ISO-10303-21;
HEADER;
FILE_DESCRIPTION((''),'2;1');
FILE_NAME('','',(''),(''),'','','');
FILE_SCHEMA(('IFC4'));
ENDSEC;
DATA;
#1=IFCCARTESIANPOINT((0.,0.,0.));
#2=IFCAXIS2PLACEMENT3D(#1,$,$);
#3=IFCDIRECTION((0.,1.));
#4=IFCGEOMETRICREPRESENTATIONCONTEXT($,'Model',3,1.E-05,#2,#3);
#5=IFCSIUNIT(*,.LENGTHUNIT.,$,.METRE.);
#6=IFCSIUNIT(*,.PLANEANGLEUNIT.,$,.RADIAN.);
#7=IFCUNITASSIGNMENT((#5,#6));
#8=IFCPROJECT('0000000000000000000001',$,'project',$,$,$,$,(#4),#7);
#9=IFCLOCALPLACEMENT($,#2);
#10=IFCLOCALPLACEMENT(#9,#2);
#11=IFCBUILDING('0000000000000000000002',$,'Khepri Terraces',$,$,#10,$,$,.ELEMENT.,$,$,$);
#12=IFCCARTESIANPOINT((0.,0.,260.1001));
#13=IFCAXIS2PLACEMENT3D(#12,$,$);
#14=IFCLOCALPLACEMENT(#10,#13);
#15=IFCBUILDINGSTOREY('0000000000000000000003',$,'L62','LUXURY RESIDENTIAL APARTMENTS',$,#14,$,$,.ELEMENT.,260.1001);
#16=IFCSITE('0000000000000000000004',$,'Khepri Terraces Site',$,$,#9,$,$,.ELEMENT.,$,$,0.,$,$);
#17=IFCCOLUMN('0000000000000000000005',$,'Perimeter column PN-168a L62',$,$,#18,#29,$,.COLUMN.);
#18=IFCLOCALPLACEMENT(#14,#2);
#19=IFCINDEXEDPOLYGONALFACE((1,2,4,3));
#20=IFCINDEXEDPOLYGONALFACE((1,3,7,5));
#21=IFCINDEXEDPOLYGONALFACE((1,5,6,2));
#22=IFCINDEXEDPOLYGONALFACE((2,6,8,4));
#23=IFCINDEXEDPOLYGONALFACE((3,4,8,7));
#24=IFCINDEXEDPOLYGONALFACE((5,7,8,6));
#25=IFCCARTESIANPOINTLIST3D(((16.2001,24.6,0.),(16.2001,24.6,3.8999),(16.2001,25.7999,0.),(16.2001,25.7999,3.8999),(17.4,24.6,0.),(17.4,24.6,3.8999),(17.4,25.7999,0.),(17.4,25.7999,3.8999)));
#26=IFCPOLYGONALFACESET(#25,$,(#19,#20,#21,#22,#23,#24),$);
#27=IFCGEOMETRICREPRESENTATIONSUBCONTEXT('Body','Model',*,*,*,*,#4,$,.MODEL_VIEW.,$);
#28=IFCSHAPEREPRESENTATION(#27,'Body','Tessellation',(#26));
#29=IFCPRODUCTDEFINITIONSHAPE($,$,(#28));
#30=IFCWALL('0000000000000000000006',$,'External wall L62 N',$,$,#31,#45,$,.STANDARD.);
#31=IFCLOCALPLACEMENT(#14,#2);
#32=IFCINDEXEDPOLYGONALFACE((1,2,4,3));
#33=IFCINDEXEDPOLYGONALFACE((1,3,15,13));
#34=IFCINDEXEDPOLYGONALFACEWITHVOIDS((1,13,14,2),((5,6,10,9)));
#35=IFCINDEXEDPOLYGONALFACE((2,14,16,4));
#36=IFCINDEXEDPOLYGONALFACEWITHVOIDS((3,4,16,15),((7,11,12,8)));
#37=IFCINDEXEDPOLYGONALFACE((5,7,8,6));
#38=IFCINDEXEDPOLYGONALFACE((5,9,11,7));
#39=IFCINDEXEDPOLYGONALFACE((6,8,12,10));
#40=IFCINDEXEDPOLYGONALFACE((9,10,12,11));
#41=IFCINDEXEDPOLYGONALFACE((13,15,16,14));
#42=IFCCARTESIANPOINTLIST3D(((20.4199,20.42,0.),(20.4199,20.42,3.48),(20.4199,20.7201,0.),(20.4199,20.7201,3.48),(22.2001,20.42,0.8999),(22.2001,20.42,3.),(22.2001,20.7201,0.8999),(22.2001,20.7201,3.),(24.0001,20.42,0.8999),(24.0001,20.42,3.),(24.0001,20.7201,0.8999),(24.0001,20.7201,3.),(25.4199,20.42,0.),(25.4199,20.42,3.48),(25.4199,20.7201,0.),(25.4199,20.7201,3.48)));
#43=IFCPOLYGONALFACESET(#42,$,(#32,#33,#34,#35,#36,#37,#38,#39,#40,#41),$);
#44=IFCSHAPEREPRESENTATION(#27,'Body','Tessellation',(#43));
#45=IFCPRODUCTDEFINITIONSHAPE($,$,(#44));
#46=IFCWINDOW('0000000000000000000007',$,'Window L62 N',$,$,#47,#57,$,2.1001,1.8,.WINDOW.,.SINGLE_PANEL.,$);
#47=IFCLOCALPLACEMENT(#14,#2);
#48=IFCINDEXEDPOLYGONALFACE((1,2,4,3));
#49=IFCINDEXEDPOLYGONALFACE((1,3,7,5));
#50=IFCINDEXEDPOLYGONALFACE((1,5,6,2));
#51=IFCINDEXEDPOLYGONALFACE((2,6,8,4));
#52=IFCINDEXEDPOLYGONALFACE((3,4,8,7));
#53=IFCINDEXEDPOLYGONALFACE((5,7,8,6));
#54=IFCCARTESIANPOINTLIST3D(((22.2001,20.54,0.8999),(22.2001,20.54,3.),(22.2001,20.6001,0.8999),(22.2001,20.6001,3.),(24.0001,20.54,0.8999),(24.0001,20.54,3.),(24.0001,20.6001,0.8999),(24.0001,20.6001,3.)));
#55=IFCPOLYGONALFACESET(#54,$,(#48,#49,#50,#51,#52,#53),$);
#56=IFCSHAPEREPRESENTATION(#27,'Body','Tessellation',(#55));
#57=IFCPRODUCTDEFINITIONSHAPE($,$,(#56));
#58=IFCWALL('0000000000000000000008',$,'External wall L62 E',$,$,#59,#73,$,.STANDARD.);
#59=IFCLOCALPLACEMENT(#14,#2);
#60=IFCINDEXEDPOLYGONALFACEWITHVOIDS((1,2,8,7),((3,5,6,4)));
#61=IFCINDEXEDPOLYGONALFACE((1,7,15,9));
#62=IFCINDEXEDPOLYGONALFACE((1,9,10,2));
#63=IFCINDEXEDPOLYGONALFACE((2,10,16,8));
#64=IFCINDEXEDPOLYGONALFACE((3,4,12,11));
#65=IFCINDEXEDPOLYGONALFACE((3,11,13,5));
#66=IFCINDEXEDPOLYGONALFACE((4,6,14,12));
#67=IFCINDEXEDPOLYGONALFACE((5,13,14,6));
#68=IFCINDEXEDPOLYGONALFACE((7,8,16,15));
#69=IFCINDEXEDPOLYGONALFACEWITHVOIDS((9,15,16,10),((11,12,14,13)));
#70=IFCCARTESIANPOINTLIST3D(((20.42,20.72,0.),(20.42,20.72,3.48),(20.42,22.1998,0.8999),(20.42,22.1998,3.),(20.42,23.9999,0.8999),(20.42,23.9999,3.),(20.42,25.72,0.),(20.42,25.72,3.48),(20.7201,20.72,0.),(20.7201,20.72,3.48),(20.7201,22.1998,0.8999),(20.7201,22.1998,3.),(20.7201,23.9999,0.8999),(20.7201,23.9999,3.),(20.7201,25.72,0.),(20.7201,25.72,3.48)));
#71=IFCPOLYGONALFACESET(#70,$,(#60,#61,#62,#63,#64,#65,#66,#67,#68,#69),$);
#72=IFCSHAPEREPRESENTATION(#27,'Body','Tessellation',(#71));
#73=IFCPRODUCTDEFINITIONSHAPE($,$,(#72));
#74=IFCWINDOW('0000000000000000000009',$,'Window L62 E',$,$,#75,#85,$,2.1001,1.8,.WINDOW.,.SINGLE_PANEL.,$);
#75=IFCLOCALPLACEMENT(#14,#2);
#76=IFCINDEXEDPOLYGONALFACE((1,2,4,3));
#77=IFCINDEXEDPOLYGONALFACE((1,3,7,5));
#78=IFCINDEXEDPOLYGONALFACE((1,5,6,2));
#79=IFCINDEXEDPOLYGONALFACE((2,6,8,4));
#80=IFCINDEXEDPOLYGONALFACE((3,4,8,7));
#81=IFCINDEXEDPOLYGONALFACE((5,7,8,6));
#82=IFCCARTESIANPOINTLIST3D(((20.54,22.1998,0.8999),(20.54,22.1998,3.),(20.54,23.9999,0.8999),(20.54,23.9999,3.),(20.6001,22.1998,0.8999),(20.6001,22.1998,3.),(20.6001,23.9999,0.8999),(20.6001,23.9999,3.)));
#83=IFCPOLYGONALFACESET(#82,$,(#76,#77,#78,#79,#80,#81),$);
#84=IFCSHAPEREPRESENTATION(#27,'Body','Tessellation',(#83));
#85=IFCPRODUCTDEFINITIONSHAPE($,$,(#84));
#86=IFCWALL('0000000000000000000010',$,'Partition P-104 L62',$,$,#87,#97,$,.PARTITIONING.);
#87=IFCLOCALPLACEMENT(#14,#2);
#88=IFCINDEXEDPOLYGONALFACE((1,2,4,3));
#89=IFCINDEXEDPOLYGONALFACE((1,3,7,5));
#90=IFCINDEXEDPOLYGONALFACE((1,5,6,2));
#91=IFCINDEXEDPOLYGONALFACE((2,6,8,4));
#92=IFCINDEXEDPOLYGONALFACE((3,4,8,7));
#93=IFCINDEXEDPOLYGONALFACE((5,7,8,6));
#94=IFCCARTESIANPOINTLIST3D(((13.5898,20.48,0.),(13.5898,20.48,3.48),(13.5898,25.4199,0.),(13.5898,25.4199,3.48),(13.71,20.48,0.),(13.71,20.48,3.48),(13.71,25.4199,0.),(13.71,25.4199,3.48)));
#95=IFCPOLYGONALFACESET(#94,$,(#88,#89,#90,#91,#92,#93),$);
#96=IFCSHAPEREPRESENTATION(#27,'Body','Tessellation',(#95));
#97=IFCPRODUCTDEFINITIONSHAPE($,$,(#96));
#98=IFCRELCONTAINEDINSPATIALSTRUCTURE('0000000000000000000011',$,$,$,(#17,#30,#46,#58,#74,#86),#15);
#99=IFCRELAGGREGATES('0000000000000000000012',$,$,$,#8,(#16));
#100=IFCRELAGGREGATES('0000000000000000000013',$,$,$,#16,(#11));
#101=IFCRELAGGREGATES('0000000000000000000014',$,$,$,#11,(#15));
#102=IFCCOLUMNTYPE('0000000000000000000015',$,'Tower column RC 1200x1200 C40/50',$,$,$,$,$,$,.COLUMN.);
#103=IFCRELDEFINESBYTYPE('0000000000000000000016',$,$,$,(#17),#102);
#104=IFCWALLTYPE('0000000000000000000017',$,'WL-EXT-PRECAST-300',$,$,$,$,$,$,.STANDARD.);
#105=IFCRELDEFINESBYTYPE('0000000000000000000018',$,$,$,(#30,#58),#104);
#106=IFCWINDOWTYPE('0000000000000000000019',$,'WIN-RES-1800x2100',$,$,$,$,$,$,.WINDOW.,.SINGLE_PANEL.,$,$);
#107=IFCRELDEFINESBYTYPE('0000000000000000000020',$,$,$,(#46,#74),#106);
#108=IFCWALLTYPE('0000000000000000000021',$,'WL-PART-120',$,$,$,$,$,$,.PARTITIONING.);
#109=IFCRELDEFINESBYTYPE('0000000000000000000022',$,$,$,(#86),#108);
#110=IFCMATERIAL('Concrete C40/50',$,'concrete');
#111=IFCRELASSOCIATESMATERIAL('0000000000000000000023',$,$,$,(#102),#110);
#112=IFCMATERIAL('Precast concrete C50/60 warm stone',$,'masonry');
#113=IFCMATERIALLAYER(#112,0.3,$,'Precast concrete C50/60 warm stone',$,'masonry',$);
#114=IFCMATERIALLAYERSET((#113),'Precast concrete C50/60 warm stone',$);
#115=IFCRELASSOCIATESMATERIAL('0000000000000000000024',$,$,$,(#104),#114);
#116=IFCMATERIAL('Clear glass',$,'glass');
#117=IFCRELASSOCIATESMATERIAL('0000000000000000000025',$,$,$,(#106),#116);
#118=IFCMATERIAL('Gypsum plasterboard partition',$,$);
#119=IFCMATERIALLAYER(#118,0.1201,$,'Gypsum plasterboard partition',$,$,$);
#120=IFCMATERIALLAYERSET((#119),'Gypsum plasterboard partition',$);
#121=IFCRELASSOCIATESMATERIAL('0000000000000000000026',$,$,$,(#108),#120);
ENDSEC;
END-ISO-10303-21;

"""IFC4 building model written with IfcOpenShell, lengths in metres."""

from ifc_helpers import new_model, si_unit, direction, frame, frame_2d, origin, origin_2d, place, context, subcontext, project, spatial, rectangle, extrude, material, layer, layer_set, material_profile, profile_set, type_object, element, fill, save


model = new_model("IFC4")

# Units and contexts
model_context = context("Model", 3, precision=1e-05, world=origin(), true_north=direction((0.0, 1.0)))
body_context = subcontext(model_context, "Body", "Model", "MODEL_VIEW")
ifc_project = project(units=[si_unit("LENGTHUNIT", "METRE"), si_unit("PLANEANGLEUNIT", "RADIAN")], contexts=[model_context])

# Site, building, storey
site_placement = place(None, origin())
site = spatial("IfcSite", under=ifc_project, at=site_placement, Name="Khepri Terraces Site", CompositionType="ELEMENT", RefElevation=0.0)
building_placement = place(site_placement, origin())
building = spatial("IfcBuilding", under=site, at=building_placement, Name="Khepri Terraces", CompositionType="ELEMENT")
storey_placement = place(building_placement, frame((0.0, 0.0, 260.1001)))
storey = spatial("IfcBuildingStorey", under=building, at=storey_placement, Name="L62", Description="LUXURY RESIDENTIAL APARTMENTS", CompositionType="ELEMENT", Elevation=260.1001)

# Column
ifc_material_1 = material(Name="Concrete C40/50", Category="concrete")
ifc_material_profile = material_profile(ifc_material_1, rectangle(XDim=1.2, YDim=1.2, at=origin_2d()), Name="Concrete C40/50", Category="concrete")
ifc_profile_set = profile_set([ifc_material_profile], Name="Concrete C40/50")
column_type = type_object("IfcColumnType", Name="Tower column RC 1200x1200 C40/50", PredefinedType="COLUMN", material=ifc_profile_set)
column_placement = place(storey_placement, frame((16.8, 25.2, 0.0), z_axis=(0.0, 0.0, 1.0), x_axis=(1.0, 0.0, 0.0)))
element("IfcColumn", 1, at=column_placement, inside=storey, type_object=column_type, Name="Perimeter column PN-168a L62", PredefinedType="COLUMN", context=body_context, shape_type="SweptSolid", body=[
    extrude(rectangle(XDim=1.2, YDim=1.2, at=origin_2d()), origin(), (0.0, 0.0, 1.0), 3.8999),
])

# Walls, openings, windows
ifc_material_2 = material(Name="Precast concrete C50/60 warm stone", Category="masonry")
ifc_layer_1 = layer(ifc_material_2, 0.3, Name="Precast concrete C50/60 warm stone", Category="masonry")
ifc_layer_set_1 = layer_set([ifc_layer_1], Name="Precast concrete C50/60 warm stone")
wall_type_1 = type_object("IfcWallType", Name="WL-EXT-PRECAST-300", PredefinedType="STANDARD", material=ifc_layer_set_1)
wall_1_placement = place(storey_placement, frame((25.4199, 20.5701, 0.0), z_axis=(0.0, 0.0, 1.0), x_axis=(-1.0, 0.0, 0.0)))
wall_1 = element("IfcWall", 2, at=wall_1_placement, inside=storey, type_object=wall_type_1, Name="External wall L62 N", PredefinedType="STANDARD", context=body_context, shape_type="SweptSolid", body=[
    extrude(rectangle(XDim=5.0, YDim=0.3, at=frame_2d((2.5, 0.0))), origin(), (0.0, 0.0, 1.0), 3.48),
])
opening_1_placement = place(wall_1_placement, frame((1.4199, 0.0, 0.8999)))
opening_1 = element("IfcOpeningElement", 3, at=opening_1_placement, cuts=wall_1, PredefinedType="OPENING", context=body_context, shape_type="SweptSolid", body=[
    extrude(rectangle(XDim=1.8, YDim=2.1001, at=frame_2d((0.8999, 1.05))), frame((0.0, 0.1602, 0.0), z_axis=(0.0, -1.0, 0.0), x_axis=(1.0, 0.0, 0.0)), (0.0, 0.0, 1.0), 0.3201),
])
ifc_material_3 = material(Name="Clear glass", Category="glass")
window_type = type_object("IfcWindowType", Name="WIN-RES-1800x2100", PartitioningType="SINGLE_PANEL", PredefinedType="WINDOW", material=ifc_material_3)
window_1_placement = place(opening_1_placement, origin())
window_1 = element("IfcWindow", 4, at=window_1_placement, inside=storey, type_object=window_type, Name="Window L62 N", OverallHeight=2.1001, OverallWidth=1.8, PartitioningType="SINGLE_PANEL", PredefinedType="WINDOW", context=body_context, shape_type="SweptSolid", body=[
    extrude(rectangle(XDim=1.8, YDim=2.1001, at=frame_2d((0.8999, 1.05))), frame((0.0, 0.03, 0.0), z_axis=(0.0, -1.0, 0.0), x_axis=(1.0, 0.0, 0.0)), (0.0, 0.0, 1.0), 0.0601),
])
fill(opening_1, window_1)
wall_2_placement = place(storey_placement, frame((20.5701, 20.72, 0.0), z_axis=(0.0, 0.0, 1.0), x_axis=(0.0, 1.0, 0.0)))
wall_2 = element("IfcWall", 5, at=wall_2_placement, inside=storey, type_object=wall_type_1, Name="External wall L62 E", PredefinedType="STANDARD", context=body_context, shape_type="SweptSolid", body=[
    extrude(rectangle(XDim=5.0, YDim=0.3, at=frame_2d((2.5, 0.0))), origin(), (0.0, 0.0, 1.0), 3.48),
])
opening_2_placement = place(wall_2_placement, frame((1.48, 0.0, 0.8999)))
opening_2 = element("IfcOpeningElement", 6, at=opening_2_placement, cuts=wall_2, PredefinedType="OPENING", context=body_context, shape_type="SweptSolid", body=[
    extrude(rectangle(XDim=1.8, YDim=2.1001, at=frame_2d((0.8999, 1.05))), frame((0.0, 0.1602, 0.0), z_axis=(0.0, -1.0, 0.0), x_axis=(1.0, 0.0, 0.0)), (0.0, 0.0, 1.0), 0.3201),
])
window_2_placement = place(opening_2_placement, origin())
window_2 = element("IfcWindow", 7, at=window_2_placement, inside=storey, type_object=window_type, Name="Window L62 E", OverallHeight=2.1001, OverallWidth=1.8, PartitioningType="SINGLE_PANEL", PredefinedType="WINDOW", context=body_context, shape_type="SweptSolid", body=[
    extrude(rectangle(XDim=1.8, YDim=2.1001, at=frame_2d((0.8999, 1.05))), frame((0.0, 0.03, 0.0), z_axis=(0.0, -1.0, 0.0), x_axis=(1.0, 0.0, 0.0)), (0.0, 0.0, 1.0), 0.0601),
])
fill(opening_2, window_2)

# Wall
ifc_material_4 = material(Name="Gypsum plasterboard partition")
ifc_layer_2 = layer(ifc_material_4, 0.1201, Name="Gypsum plasterboard partition")
ifc_layer_set_2 = layer_set([ifc_layer_2], Name="Gypsum plasterboard partition")
wall_type_2 = type_object("IfcWallType", Name="WL-PART-120", PredefinedType="PARTITIONING", material=ifc_layer_set_2)
wall_3_placement = place(storey_placement, frame((13.6499, 20.48, 0.0), z_axis=(0.0, 0.0, 1.0), x_axis=(0.0, 1.0, 0.0)))
element("IfcWall", 8, at=wall_3_placement, inside=storey, type_object=wall_type_2, Name="Partition P-104 L62", PredefinedType="PARTITIONING", context=body_context, shape_type="SweptSolid", body=[
    extrude(rectangle(XDim=4.9399, YDim=0.1201, at=frame_2d((2.47, 0.0))), origin(), (0.0, 0.0, 1.0), 3.48),
])

save(model, "model.ifc")
